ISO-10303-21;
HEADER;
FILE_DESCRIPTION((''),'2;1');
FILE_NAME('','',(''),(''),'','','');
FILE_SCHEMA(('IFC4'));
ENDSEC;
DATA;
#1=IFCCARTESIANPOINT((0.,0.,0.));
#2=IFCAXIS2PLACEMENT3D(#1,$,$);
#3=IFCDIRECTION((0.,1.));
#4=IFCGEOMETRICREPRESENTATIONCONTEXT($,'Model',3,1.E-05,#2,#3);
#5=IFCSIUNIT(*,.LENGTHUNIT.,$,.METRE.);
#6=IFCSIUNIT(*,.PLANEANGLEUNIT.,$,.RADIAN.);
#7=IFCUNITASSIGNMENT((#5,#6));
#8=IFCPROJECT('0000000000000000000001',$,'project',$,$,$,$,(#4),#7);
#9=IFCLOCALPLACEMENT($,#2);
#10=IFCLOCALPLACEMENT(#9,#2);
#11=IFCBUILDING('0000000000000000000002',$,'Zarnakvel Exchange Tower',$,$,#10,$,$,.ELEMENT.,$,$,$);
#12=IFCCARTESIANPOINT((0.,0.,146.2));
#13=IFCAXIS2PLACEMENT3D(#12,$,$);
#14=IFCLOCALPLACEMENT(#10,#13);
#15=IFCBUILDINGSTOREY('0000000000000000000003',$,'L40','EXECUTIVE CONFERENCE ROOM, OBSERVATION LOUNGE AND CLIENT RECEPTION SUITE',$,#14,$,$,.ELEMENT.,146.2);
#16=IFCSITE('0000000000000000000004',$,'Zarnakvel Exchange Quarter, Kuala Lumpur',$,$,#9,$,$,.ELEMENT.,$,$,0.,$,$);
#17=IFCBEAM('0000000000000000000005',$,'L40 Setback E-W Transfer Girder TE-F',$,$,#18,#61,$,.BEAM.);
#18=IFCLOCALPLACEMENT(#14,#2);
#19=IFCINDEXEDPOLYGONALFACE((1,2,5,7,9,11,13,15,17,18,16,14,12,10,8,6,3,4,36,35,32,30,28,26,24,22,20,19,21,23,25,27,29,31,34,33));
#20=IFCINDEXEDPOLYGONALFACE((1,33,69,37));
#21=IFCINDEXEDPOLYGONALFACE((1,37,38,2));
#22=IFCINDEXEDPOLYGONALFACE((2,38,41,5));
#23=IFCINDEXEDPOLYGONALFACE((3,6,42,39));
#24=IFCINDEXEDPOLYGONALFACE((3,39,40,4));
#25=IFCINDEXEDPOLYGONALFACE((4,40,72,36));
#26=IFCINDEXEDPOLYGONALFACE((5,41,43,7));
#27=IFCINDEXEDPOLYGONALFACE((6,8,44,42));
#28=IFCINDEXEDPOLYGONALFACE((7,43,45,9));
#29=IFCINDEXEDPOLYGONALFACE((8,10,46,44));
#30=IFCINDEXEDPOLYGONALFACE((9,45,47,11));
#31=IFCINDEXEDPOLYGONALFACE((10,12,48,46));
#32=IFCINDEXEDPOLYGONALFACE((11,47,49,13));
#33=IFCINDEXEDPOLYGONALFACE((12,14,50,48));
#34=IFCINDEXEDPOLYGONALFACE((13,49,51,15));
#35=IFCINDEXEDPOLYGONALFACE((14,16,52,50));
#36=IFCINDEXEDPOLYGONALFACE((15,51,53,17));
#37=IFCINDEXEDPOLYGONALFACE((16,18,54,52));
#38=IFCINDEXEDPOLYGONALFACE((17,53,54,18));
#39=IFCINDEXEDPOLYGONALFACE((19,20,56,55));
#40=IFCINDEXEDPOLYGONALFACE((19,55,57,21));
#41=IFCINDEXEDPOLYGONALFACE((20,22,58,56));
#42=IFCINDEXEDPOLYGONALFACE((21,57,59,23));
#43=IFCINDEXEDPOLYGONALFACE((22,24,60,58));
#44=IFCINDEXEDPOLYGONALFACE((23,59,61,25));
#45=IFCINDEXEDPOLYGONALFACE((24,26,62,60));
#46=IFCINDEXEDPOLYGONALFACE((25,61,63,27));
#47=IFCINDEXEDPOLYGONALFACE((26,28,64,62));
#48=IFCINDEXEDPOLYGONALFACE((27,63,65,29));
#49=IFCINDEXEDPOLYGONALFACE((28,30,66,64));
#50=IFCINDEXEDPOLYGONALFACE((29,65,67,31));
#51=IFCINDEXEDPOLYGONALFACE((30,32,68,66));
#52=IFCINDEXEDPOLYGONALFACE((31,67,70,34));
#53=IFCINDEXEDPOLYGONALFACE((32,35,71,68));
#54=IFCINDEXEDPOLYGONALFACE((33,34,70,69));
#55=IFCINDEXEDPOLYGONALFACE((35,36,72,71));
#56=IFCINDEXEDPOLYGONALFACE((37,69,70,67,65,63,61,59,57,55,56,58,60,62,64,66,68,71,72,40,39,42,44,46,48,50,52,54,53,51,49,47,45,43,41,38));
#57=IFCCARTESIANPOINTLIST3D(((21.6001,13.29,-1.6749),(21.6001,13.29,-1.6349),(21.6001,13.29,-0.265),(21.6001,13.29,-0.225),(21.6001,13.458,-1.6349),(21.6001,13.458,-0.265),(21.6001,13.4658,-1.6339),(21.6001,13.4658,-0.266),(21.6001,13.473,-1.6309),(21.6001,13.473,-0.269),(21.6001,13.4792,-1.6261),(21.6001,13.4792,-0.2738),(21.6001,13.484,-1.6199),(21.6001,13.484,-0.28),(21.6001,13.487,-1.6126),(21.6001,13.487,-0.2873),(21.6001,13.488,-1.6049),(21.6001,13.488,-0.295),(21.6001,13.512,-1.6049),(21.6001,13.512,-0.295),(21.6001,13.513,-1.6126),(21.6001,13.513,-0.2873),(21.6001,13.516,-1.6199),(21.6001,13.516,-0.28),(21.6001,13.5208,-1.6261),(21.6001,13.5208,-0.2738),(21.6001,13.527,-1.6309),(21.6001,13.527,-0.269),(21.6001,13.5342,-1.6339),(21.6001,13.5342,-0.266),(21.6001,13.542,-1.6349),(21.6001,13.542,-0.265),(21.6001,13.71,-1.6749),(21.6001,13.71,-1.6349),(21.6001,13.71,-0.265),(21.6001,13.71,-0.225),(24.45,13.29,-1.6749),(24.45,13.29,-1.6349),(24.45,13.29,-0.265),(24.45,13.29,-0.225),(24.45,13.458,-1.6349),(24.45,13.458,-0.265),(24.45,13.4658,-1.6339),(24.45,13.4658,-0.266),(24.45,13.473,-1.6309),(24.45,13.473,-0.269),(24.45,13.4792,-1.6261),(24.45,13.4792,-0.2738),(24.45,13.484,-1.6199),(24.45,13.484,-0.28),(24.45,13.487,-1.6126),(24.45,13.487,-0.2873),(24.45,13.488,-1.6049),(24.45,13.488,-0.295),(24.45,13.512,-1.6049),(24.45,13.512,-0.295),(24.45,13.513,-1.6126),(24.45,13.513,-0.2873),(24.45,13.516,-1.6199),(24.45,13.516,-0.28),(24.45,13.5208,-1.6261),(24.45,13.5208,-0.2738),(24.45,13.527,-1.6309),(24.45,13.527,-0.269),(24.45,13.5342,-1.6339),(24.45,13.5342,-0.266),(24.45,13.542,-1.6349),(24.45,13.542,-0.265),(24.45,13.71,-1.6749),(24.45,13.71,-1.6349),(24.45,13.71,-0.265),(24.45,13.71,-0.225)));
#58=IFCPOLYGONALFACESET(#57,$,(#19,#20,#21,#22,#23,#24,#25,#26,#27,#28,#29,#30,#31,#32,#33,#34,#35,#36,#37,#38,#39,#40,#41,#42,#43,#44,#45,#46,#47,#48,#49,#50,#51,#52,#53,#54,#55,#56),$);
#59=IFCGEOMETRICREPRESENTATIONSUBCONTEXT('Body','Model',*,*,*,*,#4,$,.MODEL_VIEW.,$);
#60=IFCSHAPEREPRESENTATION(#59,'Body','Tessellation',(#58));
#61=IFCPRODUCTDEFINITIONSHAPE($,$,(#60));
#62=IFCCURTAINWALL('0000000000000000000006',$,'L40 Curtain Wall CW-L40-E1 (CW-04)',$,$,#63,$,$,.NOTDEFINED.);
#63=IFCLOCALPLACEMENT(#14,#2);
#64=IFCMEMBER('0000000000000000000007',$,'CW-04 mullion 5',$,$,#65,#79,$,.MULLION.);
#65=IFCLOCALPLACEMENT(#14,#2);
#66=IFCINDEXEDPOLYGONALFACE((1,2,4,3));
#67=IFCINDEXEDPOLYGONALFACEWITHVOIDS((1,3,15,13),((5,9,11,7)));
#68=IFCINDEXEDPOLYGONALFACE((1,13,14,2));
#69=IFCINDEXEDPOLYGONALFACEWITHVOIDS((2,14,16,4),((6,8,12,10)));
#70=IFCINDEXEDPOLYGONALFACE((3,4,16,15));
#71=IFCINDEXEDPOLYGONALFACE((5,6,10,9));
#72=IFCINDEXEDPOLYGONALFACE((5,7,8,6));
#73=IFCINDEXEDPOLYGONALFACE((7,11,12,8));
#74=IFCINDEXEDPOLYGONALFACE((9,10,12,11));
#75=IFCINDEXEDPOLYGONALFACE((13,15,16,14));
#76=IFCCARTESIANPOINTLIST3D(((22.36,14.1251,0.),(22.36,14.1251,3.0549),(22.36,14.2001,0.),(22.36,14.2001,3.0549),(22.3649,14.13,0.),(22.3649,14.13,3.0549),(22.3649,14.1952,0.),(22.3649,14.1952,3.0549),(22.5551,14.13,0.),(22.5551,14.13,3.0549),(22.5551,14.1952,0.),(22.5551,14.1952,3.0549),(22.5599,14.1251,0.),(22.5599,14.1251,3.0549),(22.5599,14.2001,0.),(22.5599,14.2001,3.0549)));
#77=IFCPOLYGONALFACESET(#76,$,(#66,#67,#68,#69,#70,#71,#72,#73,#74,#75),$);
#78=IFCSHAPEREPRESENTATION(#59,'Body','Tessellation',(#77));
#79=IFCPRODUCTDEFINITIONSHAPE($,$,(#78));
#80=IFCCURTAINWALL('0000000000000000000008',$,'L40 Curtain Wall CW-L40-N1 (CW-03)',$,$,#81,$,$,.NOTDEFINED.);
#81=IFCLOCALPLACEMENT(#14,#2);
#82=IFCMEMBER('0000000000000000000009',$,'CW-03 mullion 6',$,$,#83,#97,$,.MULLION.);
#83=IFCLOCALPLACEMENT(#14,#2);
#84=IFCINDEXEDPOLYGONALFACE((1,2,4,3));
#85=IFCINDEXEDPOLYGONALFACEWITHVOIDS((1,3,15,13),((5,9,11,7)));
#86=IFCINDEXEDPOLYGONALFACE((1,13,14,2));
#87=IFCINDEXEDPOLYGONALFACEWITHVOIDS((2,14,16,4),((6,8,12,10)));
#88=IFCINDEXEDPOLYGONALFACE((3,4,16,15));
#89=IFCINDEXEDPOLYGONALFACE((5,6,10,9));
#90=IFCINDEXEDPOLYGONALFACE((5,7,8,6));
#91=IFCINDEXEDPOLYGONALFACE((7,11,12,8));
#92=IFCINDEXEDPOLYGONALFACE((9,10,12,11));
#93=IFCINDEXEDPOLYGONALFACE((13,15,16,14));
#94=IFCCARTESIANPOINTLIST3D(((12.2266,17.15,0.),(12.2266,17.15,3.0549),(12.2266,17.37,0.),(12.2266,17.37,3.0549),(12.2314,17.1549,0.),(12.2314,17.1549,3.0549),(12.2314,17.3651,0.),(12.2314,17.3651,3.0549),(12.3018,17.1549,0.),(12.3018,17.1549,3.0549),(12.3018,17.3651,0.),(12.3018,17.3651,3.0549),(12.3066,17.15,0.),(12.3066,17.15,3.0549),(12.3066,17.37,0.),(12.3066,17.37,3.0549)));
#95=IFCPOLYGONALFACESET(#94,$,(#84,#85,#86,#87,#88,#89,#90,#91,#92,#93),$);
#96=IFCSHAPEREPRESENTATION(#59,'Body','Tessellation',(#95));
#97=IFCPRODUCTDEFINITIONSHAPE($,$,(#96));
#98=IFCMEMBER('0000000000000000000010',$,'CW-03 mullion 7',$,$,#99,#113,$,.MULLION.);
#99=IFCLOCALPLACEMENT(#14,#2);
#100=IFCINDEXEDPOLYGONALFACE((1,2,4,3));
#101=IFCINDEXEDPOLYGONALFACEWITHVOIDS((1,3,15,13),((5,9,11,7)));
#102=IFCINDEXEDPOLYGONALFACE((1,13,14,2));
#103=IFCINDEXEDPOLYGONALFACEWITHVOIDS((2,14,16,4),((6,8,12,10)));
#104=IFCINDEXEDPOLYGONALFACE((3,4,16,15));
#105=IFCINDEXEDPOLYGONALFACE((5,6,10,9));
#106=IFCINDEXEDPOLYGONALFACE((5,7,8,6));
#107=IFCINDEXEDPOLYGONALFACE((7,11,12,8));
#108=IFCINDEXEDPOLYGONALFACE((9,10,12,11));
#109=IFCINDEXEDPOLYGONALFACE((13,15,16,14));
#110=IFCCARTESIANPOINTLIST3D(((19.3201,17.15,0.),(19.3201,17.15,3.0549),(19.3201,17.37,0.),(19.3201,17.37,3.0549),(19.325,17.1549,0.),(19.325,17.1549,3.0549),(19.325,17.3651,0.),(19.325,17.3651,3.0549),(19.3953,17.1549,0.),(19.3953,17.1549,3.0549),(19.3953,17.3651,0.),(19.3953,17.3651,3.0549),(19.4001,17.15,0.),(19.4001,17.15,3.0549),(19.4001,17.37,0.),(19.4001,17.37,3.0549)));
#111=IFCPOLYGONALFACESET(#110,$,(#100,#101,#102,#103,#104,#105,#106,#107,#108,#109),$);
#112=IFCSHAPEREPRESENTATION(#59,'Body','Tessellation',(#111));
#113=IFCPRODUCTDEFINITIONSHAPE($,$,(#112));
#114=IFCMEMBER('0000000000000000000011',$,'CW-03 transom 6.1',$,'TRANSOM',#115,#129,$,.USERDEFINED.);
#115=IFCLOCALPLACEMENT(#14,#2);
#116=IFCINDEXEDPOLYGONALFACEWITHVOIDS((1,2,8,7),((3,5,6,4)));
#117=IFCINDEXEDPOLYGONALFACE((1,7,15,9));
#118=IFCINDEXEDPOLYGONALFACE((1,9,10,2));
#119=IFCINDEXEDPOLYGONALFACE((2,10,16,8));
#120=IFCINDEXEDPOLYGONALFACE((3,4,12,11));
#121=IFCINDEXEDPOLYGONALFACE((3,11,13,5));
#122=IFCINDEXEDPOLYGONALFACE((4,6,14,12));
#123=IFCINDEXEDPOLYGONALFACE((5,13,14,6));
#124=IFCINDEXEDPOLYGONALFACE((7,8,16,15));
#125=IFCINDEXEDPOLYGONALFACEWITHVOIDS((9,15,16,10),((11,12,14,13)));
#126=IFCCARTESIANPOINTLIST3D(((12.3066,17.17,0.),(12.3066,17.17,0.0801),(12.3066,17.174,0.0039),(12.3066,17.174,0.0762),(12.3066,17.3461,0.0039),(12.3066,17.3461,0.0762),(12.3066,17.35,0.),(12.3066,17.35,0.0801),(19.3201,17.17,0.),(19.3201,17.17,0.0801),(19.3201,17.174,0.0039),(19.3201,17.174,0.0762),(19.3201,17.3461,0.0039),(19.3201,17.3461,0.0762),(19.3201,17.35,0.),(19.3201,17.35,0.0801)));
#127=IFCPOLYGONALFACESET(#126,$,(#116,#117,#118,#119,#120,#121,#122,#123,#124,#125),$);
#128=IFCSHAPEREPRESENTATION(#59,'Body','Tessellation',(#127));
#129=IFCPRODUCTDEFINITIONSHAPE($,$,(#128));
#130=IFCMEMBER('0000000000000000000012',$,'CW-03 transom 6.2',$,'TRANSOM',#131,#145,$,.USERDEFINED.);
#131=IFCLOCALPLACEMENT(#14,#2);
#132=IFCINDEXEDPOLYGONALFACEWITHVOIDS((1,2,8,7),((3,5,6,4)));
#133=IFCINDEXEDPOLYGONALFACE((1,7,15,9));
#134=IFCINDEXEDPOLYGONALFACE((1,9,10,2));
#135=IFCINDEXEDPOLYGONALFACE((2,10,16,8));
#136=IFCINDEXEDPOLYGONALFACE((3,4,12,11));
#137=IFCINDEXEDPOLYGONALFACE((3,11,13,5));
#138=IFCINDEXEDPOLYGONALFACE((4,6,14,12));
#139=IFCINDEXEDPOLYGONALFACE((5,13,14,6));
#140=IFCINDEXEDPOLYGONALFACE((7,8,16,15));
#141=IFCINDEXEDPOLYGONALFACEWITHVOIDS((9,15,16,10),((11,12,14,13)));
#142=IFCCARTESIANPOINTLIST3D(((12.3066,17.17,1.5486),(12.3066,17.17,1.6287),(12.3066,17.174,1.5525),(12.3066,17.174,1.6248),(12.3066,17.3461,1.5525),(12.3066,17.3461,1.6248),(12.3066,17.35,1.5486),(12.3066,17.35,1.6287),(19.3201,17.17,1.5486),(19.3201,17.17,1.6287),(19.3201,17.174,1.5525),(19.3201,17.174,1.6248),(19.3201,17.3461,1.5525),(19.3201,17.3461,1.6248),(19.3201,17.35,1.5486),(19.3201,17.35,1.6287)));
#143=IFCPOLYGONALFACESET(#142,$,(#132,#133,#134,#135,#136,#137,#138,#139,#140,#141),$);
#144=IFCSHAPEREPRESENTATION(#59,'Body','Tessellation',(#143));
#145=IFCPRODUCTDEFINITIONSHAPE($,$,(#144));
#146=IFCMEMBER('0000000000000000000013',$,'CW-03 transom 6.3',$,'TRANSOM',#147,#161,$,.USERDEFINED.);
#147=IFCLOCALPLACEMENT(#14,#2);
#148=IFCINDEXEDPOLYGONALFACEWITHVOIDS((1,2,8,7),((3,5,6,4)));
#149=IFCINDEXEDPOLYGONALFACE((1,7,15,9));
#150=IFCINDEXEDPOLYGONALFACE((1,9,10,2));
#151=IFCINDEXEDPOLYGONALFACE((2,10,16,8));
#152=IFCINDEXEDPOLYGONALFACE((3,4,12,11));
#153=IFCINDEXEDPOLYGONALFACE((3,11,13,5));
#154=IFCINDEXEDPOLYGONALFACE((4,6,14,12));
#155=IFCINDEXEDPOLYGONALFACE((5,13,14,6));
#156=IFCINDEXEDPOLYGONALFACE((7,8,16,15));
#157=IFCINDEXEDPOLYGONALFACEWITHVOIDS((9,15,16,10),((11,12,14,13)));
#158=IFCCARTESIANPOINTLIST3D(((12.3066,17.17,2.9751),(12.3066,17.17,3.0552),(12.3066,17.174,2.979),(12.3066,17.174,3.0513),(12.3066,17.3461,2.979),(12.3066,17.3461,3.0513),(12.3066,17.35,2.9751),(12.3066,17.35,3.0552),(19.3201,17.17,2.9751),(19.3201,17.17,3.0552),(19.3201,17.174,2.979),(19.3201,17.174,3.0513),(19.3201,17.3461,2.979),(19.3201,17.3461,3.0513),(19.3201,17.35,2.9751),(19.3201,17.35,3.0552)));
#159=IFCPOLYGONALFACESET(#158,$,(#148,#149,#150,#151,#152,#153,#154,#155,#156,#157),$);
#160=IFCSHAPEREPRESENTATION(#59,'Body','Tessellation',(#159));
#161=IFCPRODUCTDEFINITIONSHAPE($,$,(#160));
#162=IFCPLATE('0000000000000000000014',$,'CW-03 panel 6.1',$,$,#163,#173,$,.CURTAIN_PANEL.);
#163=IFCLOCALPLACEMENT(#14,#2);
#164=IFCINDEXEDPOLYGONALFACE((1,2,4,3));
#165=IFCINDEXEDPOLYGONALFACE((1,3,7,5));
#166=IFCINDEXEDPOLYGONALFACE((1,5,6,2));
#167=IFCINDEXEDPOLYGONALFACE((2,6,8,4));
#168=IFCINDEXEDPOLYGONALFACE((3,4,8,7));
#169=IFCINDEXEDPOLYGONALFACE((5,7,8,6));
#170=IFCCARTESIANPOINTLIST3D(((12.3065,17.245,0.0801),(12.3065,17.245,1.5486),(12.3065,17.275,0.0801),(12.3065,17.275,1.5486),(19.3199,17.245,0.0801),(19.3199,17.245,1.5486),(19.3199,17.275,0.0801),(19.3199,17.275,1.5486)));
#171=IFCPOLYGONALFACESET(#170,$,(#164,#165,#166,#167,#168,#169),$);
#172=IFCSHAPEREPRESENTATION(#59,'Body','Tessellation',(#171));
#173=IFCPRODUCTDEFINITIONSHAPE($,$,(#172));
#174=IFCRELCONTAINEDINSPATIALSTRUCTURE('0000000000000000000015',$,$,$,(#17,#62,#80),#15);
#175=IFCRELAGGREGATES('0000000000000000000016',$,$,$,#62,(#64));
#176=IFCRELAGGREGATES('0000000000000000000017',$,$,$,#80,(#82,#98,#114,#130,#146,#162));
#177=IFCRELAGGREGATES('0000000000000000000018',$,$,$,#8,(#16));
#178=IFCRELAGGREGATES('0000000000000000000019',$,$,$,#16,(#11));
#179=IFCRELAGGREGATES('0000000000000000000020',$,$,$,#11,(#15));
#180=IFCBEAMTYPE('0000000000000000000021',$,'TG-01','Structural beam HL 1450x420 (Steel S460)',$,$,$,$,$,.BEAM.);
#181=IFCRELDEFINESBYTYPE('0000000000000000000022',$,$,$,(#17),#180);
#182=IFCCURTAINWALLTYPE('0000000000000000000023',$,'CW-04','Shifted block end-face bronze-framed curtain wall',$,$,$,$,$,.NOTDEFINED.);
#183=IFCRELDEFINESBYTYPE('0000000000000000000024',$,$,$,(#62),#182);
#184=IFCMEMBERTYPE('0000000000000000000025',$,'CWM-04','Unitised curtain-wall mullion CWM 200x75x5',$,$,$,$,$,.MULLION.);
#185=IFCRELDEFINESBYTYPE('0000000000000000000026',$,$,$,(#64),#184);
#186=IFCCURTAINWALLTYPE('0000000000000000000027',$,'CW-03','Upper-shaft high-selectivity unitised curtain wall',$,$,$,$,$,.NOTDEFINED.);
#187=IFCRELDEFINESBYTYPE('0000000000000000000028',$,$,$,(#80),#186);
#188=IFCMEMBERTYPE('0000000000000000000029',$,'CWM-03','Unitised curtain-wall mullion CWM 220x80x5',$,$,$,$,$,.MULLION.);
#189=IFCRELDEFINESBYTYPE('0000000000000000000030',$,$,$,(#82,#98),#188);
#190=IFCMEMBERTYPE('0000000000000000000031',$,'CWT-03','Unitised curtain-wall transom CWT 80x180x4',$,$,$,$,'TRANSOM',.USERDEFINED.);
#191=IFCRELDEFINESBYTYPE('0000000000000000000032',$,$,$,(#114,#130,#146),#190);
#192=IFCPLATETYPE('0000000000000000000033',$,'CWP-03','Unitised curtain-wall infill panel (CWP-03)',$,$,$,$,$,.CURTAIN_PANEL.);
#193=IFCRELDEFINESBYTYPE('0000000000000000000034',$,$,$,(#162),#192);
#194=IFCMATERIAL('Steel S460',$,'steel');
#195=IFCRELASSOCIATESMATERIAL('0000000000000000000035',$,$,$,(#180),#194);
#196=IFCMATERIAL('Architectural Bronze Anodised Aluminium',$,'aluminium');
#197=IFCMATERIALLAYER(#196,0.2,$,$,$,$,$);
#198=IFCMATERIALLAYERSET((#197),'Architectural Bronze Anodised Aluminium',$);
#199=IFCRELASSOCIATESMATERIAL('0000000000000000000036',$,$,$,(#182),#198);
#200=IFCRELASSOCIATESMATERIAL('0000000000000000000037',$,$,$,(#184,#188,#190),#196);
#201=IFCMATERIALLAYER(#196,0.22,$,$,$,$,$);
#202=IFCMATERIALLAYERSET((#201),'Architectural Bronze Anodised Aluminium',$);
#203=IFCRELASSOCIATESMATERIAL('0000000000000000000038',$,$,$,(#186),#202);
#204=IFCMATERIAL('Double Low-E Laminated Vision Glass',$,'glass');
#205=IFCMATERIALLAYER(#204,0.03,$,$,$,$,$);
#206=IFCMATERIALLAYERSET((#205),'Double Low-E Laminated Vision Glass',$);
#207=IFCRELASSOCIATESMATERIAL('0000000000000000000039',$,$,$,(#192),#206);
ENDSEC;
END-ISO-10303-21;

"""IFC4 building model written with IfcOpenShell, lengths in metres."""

from ifc_helpers import new_model, si_unit, direction, frame, origin, origin_2d, place, context, subcontext, project, spatial, rectangle, hollow_rectangle, i_section, extrude, source, transform, mapped, material, layer, layer_set, material_profile, profile_set, type_object, element, aggregate, save


model = new_model("IFC4")

# Units and contexts
model_context = context("Model", 3, precision=1e-05, world=origin(), true_north=direction((0.0, 1.0)))
body_context = subcontext(model_context, "Body", "Model", "MODEL_VIEW")
ifc_project = project(units=[si_unit("LENGTHUNIT", "METRE"), si_unit("PLANEANGLEUNIT", "RADIAN")], contexts=[model_context])

# Site, building, storey
site_placement = place(None, origin())
site = spatial("IfcSite", under=ifc_project, at=site_placement, Name="Zarnakvel Exchange Quarter, Kuala Lumpur", CompositionType="ELEMENT", RefElevation=0.0)
building_placement = place(site_placement, origin())
building = spatial("IfcBuilding", under=site, at=building_placement, Name="Zarnakvel Exchange Tower", CompositionType="ELEMENT")
storey_placement = place(building_placement, frame((0.0, 0.0, 146.2)))
storey = spatial("IfcBuildingStorey", under=building, at=storey_placement, Name="L40", Description="EXECUTIVE CONFERENCE ROOM, OBSERVATION LOUNGE AND CLIENT RECEPTION SUITE", CompositionType="ELEMENT", Elevation=146.2)

# Beam
ifc_material_1 = material(Name="Steel S460", Category="steel")
ifc_material_profile_1 = material_profile(ifc_material_1, i_section(OverallWidth=0.4199, OverallDepth=1.45, WebThickness=0.0239, FlangeThickness=0.04, FilletRadius=0.03, at=origin_2d()))
ifc_profile_set_1 = profile_set([ifc_material_profile_1], Name="Steel S460")
beam_type_1 = type_object("IfcBeamType", Name="TG-01", Description="Structural beam HL 1450x420 (Steel S460)", PredefinedType="BEAM", material=ifc_profile_set_1)
beam_1_placement = place(storey_placement, frame((21.6001, 13.5, -0.95), z_axis=(1.0, 0.0, 0.0), x_axis=(0.0, 1.0, 0.0)))
element("IfcBeam", 1, at=beam_1_placement, inside=storey, type_object=beam_type_1, Name="L40 Setback E-W Transfer Girder TE-F", PredefinedType="BEAM", context=body_context, shape_type="SweptSolid", body=[
    extrude(i_section(OverallWidth=0.4199, OverallDepth=1.45, WebThickness=0.0239, FlangeThickness=0.04, FilletRadius=0.03, at=origin_2d()), origin(), (0.0, 0.0, 1.0), 2.8499),
])

# Curtain wall, member
ifc_material_2 = material(Name="Architectural Bronze Anodised Aluminium", Category="aluminium")
ifc_layer_1 = layer(ifc_material_2, 0.2)
ifc_layer_set_1 = layer_set([ifc_layer_1], Name="Architectural Bronze Anodised Aluminium")
curtain_wall_type_1 = type_object("IfcCurtainWallType", Name="CW-04", Description="Shifted block end-face bronze-framed curtain wall", PredefinedType="NOTDEFINED", material=ifc_layer_set_1)
curtain_wall_1_placement = place(storey_placement, origin())
curtain_wall_1 = element("IfcCurtainWall", 2, at=curtain_wall_1_placement, inside=storey, type_object=curtain_wall_type_1, Name="L40 Curtain Wall CW-L40-E1 (CW-04)", PredefinedType="NOTDEFINED")
ifc_material_profile_2 = material_profile(ifc_material_2, hollow_rectangle(XDim=0.2, YDim=0.075, WallThickness=0.0049, at=origin_2d()))
ifc_profile_set_2 = profile_set([ifc_material_profile_2], Name="Architectural Bronze Anodised Aluminium")
member_type_1 = type_object("IfcMemberType", Name="CWM-04", Description="Unitised curtain-wall mullion CWM 200x75x5", PredefinedType="MULLION", material=ifc_profile_set_2)
shared_shape_1 = source(origin(), body_context, "Body", "SweptSolid", [
    extrude(hollow_rectangle(XDim=0.2, YDim=0.075, WallThickness=0.0049, at=origin_2d()), origin(), (0.0, 0.0, 1.0), 3.0549),
])
member_1_placement = place(storey_placement, frame((22.46, 14.1626, 0.0), z_axis=(0.0, 0.0, 1.0), x_axis=(-1.0, 0.0, 0.0)))
member_1 = element("IfcMember", 3, at=member_1_placement, type_object=member_type_1, Name="CW-04 mullion 5", PredefinedType="MULLION", context=body_context, shape_type="MappedRepresentation", body=[
    mapped(shared_shape_1, transform((0.0, 0.0, 0.0), x_axis=(1.0, 0.0, 0.0), y_axis=(0.0, 1.0, 0.0), z_axis=(0.0, 0.0, 1.0), scale=1.0)),
])
aggregate(curtain_wall_1, [member_1])

# Curtain wall, members, plate
ifc_layer_2 = layer(ifc_material_2, 0.22)
ifc_layer_set_2 = layer_set([ifc_layer_2], Name="Architectural Bronze Anodised Aluminium")
curtain_wall_type_2 = type_object("IfcCurtainWallType", Name="CW-03", Description="Upper-shaft high-selectivity unitised curtain wall", PredefinedType="NOTDEFINED", material=ifc_layer_set_2)
curtain_wall_2_placement = place(storey_placement, origin())
curtain_wall_2 = element("IfcCurtainWall", 4, at=curtain_wall_2_placement, inside=storey, type_object=curtain_wall_type_2, Name="L40 Curtain Wall CW-L40-N1 (CW-03)", PredefinedType="NOTDEFINED")
ifc_material_profile_3 = material_profile(ifc_material_2, hollow_rectangle(XDim=0.22, YDim=0.0801, WallThickness=0.0049, at=origin_2d()))
ifc_profile_set_3 = profile_set([ifc_material_profile_3], Name="Architectural Bronze Anodised Aluminium")
member_type_2 = type_object("IfcMemberType", Name="CWM-03", Description="Unitised curtain-wall mullion CWM 220x80x5", PredefinedType="MULLION", material=ifc_profile_set_3)
shared_shape_2 = source(origin(), body_context, "Body", "SweptSolid", [
    extrude(hollow_rectangle(XDim=0.22, YDim=0.0801, WallThickness=0.0049, at=origin_2d()), origin(), (0.0, 0.0, 1.0), 3.0549),
])
member_2_placement = place(storey_placement, frame((12.2666, 17.26, 0.0), z_axis=(0.0, 0.0, 1.0), x_axis=(0.0, 1.0, 0.0)))
member_2 = element("IfcMember", 5, at=member_2_placement, type_object=member_type_2, Name="CW-03 mullion 6", PredefinedType="MULLION", context=body_context, shape_type="MappedRepresentation", body=[
    mapped(shared_shape_2, transform((0.0, 0.0, 0.0), x_axis=(1.0, 0.0, 0.0), y_axis=(0.0, 1.0, 0.0), z_axis=(0.0, 0.0, 1.0), scale=1.0)),
])
member_3_placement = place(storey_placement, frame((19.3601, 17.26, 0.0), z_axis=(0.0, 0.0, 1.0), x_axis=(0.0, 1.0, 0.0)))
member_3 = element("IfcMember", 6, at=member_3_placement, type_object=member_type_2, Name="CW-03 mullion 7", PredefinedType="MULLION", context=body_context, shape_type="MappedRepresentation", body=[
    mapped(shared_shape_2, transform((0.0, 0.0, 0.0), x_axis=(1.0, 0.0, 0.0), y_axis=(0.0, 1.0, 0.0), z_axis=(0.0, 0.0, 1.0), scale=1.0)),
])
ifc_material_profile_4 = material_profile(ifc_material_2, hollow_rectangle(XDim=0.1799, YDim=0.0801, WallThickness=0.0039, at=origin_2d()))
ifc_profile_set_4 = profile_set([ifc_material_profile_4], Name="Architectural Bronze Anodised Aluminium")
member_type_3 = type_object("IfcMemberType", Name="CWT-03", Description="Unitised curtain-wall transom CWT 80x180x4", ElementType="TRANSOM", PredefinedType="USERDEFINED", material=ifc_profile_set_4)
shared_shape_3 = source(origin(), body_context, "Body", "SweptSolid", [
    extrude(hollow_rectangle(XDim=0.1799, YDim=0.0801, WallThickness=0.0039, at=origin_2d()), origin(), (0.0, 0.0, 1.0), 7.0134),
])
member_4_placement = place(storey_placement, frame((12.3066, 17.26, 0.04), z_axis=(1.0, 0.0, 0.0), x_axis=(0.0, 1.0, 0.0)))
member_4 = element("IfcMember", 7, at=member_4_placement, type_object=member_type_3, Name="CW-03 transom 6.1", ObjectType="TRANSOM", PredefinedType="USERDEFINED", context=body_context, shape_type="MappedRepresentation", body=[
    mapped(shared_shape_3, transform((0.0, 0.0, 0.0), x_axis=(1.0, 0.0, 0.0), y_axis=(0.0, 1.0, 0.0), z_axis=(0.0, 0.0, 1.0), scale=1.0)),
])
member_5_placement = place(storey_placement, frame((12.3066, 17.26, 1.5886), z_axis=(1.0, 0.0, 0.0), x_axis=(0.0, 1.0, 0.0)))
member_5 = element("IfcMember", 8, at=member_5_placement, type_object=member_type_3, Name="CW-03 transom 6.2", ObjectType="TRANSOM", PredefinedType="USERDEFINED", context=body_context, shape_type="MappedRepresentation", body=[
    mapped(shared_shape_3, transform((0.0, 0.0, 0.0), x_axis=(1.0, 0.0, 0.0), y_axis=(0.0, 1.0, 0.0), z_axis=(0.0, 0.0, 1.0), scale=1.0)),
])
member_6_placement = place(storey_placement, frame((12.3066, 17.26, 3.0151), z_axis=(1.0, 0.0, 0.0), x_axis=(0.0, 1.0, 0.0)))
member_6 = element("IfcMember", 9, at=member_6_placement, type_object=member_type_3, Name="CW-03 transom 6.3", ObjectType="TRANSOM", PredefinedType="USERDEFINED", context=body_context, shape_type="MappedRepresentation", body=[
    mapped(shared_shape_3, transform((0.0, 0.0, 0.0), x_axis=(1.0, 0.0, 0.0), y_axis=(0.0, 1.0, 0.0), z_axis=(0.0, 0.0, 1.0), scale=1.0)),
])
ifc_material_3 = material(Name="Double Low-E Laminated Vision Glass", Category="glass")
ifc_layer_3 = layer(ifc_material_3, 0.03)
ifc_layer_set_3 = layer_set([ifc_layer_3], Name="Double Low-E Laminated Vision Glass")
plate_type = type_object("IfcPlateType", Name="CWP-03", Description="Unitised curtain-wall infill panel (CWP-03)", PredefinedType="CURTAIN_PANEL", material=ifc_layer_set_3)
shared_shape_4 = source(origin(), body_context, "Body", "SweptSolid", [
    extrude(rectangle(XDim=7.0134, YDim=0.03, at=origin_2d()), origin(), (0.0, 0.0, 1.0), 1.4685),
])
plate_1_placement = place(storey_placement, frame((15.8132, 17.26, 0.0801), z_axis=(0.0, 0.0, 1.0), x_axis=(1.0, 0.0, 0.0)))
plate_1 = element("IfcPlate", 10, at=plate_1_placement, type_object=plate_type, Name="CW-03 panel 6.1", PredefinedType="CURTAIN_PANEL", context=body_context, shape_type="MappedRepresentation", body=[
    mapped(shared_shape_4, transform((0.0, 0.0, 0.0), x_axis=(1.0, 0.0, 0.0), y_axis=(0.0, 1.0, 0.0), z_axis=(0.0, 0.0, 1.0), scale=1.0)),
])
aggregate(curtain_wall_2, [member_2, member_3, member_4, member_5, member_6, plate_1])

save(model, "model.ifc")
